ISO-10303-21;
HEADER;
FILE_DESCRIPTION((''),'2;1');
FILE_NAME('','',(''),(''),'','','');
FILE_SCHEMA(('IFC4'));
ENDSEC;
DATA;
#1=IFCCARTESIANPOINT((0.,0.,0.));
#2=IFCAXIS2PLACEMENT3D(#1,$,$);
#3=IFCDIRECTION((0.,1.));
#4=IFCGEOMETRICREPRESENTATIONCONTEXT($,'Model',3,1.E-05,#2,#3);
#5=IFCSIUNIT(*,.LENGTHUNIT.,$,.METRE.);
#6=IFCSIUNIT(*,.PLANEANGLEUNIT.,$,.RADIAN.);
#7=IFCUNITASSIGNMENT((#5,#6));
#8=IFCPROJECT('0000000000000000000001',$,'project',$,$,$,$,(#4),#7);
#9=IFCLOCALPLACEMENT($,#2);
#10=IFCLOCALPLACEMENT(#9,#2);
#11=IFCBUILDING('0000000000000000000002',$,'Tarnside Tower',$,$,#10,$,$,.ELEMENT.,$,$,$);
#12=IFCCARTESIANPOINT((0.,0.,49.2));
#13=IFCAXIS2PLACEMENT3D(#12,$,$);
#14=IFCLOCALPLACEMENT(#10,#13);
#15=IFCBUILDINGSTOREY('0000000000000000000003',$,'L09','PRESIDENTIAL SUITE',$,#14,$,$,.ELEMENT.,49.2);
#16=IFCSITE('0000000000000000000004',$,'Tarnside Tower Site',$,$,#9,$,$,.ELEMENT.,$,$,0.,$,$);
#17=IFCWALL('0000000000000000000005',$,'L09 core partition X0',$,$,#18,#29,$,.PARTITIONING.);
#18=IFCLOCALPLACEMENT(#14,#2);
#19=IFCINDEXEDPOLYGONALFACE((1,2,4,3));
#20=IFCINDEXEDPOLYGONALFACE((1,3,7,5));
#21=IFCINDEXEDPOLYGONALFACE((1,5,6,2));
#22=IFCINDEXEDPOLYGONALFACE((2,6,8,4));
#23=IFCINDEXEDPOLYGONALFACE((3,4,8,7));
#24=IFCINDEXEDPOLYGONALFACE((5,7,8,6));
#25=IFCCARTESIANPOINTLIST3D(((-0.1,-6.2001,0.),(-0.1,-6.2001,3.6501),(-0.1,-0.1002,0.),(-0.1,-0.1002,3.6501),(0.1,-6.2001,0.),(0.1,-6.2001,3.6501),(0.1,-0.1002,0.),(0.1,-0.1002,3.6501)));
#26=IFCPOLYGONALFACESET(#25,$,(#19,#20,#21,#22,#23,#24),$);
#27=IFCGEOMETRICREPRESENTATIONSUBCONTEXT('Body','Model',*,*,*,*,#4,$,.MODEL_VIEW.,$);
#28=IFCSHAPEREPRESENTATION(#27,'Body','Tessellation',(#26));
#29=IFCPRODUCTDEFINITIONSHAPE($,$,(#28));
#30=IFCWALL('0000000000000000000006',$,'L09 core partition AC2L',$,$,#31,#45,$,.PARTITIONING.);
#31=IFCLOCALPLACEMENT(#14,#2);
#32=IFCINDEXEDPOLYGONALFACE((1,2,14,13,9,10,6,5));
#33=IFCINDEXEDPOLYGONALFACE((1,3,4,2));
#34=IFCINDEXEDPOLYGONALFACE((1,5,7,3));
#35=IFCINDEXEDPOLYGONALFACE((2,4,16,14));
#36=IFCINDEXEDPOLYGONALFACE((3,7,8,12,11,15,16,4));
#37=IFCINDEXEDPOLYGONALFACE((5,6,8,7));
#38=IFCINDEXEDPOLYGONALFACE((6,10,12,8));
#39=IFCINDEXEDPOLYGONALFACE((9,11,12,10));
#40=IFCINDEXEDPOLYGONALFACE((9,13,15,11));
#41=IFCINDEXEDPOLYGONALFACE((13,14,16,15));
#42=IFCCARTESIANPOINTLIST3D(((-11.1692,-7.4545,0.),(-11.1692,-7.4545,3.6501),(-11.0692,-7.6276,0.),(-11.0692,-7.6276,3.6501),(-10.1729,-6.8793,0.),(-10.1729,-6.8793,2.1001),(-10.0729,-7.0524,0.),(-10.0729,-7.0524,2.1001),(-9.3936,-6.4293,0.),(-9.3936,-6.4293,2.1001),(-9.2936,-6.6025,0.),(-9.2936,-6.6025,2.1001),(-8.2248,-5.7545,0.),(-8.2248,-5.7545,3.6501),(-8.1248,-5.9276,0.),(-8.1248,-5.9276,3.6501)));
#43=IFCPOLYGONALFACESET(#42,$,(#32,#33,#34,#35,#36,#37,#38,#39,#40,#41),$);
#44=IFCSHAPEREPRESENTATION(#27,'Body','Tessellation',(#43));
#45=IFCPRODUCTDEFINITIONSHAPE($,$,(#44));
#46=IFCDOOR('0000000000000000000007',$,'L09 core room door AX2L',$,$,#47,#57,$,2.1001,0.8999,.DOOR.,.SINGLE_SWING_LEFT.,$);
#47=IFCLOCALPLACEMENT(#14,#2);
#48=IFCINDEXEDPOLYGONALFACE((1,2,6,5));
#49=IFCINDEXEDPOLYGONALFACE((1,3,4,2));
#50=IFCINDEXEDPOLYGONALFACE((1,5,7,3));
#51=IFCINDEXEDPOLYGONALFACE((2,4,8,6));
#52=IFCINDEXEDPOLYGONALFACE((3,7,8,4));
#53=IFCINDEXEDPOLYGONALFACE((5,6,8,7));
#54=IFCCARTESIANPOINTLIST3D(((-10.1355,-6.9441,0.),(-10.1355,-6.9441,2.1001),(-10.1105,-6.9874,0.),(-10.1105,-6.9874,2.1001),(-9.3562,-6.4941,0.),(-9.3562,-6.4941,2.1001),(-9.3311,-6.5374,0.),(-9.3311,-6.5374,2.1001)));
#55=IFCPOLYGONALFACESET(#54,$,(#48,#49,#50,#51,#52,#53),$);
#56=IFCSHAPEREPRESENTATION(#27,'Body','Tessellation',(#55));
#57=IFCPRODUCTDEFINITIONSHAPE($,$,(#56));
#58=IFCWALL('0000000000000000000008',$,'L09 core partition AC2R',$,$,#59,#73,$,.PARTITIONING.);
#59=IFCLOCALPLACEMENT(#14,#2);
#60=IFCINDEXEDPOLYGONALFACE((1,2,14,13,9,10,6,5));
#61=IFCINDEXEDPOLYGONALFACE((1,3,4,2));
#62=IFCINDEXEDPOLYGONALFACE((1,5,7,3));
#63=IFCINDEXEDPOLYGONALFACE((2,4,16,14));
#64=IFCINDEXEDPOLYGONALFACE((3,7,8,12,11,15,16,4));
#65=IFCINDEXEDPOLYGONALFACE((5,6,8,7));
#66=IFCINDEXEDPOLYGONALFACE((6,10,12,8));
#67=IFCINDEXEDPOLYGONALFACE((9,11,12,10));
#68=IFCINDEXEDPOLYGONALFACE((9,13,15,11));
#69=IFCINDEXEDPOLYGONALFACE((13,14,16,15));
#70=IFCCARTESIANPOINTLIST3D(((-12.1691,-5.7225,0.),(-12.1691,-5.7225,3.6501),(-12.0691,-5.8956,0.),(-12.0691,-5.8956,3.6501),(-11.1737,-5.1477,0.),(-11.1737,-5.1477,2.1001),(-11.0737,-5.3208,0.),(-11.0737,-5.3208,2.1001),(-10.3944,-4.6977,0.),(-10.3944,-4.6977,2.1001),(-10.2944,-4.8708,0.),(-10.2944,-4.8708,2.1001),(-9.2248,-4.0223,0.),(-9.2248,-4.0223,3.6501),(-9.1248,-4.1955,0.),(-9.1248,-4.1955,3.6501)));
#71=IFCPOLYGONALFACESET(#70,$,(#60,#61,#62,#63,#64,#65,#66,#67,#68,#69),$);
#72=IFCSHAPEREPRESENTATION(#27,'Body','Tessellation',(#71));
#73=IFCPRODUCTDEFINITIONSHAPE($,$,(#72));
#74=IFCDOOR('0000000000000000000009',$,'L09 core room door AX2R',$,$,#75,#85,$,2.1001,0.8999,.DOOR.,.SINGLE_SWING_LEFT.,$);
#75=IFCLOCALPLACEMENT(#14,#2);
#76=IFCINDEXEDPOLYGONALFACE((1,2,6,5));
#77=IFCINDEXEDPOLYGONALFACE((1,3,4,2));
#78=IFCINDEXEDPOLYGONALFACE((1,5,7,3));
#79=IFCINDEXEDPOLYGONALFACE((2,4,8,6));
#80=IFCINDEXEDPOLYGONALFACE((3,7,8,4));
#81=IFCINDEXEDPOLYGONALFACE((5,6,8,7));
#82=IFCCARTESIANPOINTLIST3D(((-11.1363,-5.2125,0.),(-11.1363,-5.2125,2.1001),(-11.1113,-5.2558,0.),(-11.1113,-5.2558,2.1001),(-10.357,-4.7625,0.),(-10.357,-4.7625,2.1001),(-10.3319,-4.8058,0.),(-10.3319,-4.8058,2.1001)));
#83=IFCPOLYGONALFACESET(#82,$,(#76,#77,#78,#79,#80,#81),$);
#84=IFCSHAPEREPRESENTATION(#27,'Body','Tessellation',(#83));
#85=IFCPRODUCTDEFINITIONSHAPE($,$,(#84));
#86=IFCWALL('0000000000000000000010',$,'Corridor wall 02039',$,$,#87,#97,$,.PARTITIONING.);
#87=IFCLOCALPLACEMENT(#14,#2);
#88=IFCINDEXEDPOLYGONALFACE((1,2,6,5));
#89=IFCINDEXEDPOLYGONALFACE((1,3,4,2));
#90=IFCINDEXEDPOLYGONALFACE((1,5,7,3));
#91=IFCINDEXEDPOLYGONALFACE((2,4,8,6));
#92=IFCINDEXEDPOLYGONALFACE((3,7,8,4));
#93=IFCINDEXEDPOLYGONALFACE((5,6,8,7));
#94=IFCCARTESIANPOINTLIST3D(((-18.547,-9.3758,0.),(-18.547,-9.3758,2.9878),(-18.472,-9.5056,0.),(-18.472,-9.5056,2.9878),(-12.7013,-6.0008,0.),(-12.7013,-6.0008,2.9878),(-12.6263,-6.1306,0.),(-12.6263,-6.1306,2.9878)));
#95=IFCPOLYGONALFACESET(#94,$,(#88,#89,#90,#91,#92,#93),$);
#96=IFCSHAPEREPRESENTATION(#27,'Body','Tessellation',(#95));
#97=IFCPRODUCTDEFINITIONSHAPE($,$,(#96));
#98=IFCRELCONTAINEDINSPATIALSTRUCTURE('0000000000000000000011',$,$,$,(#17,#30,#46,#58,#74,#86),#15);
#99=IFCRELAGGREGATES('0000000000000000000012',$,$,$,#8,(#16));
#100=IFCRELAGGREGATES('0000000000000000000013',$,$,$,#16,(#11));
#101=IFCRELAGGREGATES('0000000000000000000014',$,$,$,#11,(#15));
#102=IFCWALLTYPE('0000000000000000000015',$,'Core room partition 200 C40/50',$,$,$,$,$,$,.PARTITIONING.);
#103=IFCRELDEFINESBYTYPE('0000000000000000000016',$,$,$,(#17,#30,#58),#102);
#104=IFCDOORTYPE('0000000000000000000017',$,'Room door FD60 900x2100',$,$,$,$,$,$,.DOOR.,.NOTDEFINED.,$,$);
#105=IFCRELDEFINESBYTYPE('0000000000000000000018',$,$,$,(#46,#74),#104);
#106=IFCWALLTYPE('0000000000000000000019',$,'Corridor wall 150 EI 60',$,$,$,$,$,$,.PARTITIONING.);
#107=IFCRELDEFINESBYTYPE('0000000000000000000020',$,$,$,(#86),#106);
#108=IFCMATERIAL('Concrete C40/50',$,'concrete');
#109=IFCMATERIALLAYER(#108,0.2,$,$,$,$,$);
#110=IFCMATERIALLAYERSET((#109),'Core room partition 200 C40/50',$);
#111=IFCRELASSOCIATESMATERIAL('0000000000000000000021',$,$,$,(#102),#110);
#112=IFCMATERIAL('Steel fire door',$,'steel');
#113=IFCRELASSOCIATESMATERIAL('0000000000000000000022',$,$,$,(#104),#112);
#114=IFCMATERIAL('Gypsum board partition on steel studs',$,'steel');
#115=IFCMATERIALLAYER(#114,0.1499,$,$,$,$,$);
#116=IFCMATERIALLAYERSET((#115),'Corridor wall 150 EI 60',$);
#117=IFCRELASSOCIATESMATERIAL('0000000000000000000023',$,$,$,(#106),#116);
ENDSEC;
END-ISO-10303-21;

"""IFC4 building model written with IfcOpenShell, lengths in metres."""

from ifc_helpers import new_model, si_unit, direction, frame, frame_2d, origin, place, context, subcontext, project, spatial, rectangle, extrude, material, layer, layer_set, type_object, element, fill, save


model = new_model("IFC4")

# Units and contexts
model_context = context("Model", 3, precision=1e-05, world=origin(), true_north=direction((0.0, 1.0)))
body_context = subcontext(model_context, "Body", "Model", "MODEL_VIEW")
ifc_project = project(units=[si_unit("LENGTHUNIT", "METRE"), si_unit("PLANEANGLEUNIT", "RADIAN")], contexts=[model_context])

# Site, building, storey
site_placement = place(None, origin())
site = spatial("IfcSite", under=ifc_project, at=site_placement, Name="Tarnside Tower Site", CompositionType="ELEMENT", RefElevation=0.0)
building_placement = place(site_placement, origin())
building = spatial("IfcBuilding", under=site, at=building_placement, Name="Tarnside Tower", CompositionType="ELEMENT")
storey_placement = place(building_placement, frame((0.0, 0.0, 49.2)))
storey = spatial("IfcBuildingStorey", under=building, at=storey_placement, Name="L09", Description="PRESIDENTIAL SUITE", CompositionType="ELEMENT", Elevation=49.2)

# Wall
ifc_material_1 = material(Name="Concrete C40/50", Category="concrete")
ifc_layer_1 = layer(ifc_material_1, 0.2)
ifc_layer_set_1 = layer_set([ifc_layer_1], Name="Core room partition 200 C40/50")
wall_type_1 = type_object("IfcWallType", Name="Core room partition 200 C40/50", PredefinedType="PARTITIONING", material=ifc_layer_set_1)
wall_1_placement = place(storey_placement, frame((0.0, -6.2, 0.0), z_axis=(0.0, 0.0, 1.0), x_axis=(0.0, 1.0, 0.0)))
element("IfcWall", 1, at=wall_1_placement, inside=storey, type_object=wall_type_1, Name="L09 core partition X0", PredefinedType="PARTITIONING", context=body_context, shape_type="SweptSolid", body=[
    extrude(rectangle(XDim=6.0999, YDim=0.2, at=frame_2d((3.0498, 0.0))), origin(), (0.0, 0.0, 1.0), 3.6501),
])

# Walls, openings, doors
wall_2_placement = place(storey_placement, frame((-8.1748, -5.8411, 0.0), z_axis=(0.0, 0.0, 1.0), x_axis=(-0.866021, -0.500008, 0.0)))
wall_2 = element("IfcWall", 2, at=wall_2_placement, inside=storey, type_object=wall_type_1, Name="L09 core partition AC2L", PredefinedType="PARTITIONING", context=body_context, shape_type="SweptSolid", body=[
    extrude(rectangle(XDim=3.3999, YDim=0.2, at=frame_2d((1.7, 0.0))), origin(), (0.0, 0.0, 1.0), 3.6501),
])
opening_1_placement = place(wall_2_placement, frame((1.3496, 0.0, 0.0)))
opening_1 = element("IfcOpeningElement", 3, at=opening_1_placement, cuts=wall_2, PredefinedType="OPENING", context=body_context, shape_type="SweptSolid", body=[
    extrude(rectangle(XDim=0.8999, YDim=2.1001, at=frame_2d((0.45, 1.05))), frame((0.0, 0.1099, 0.0), z_axis=(0.0, -1.0, 0.0), x_axis=(1.0, 0.0, 0.0)), (0.0, 0.0, 1.0), 0.22),
])
ifc_material_2 = material(Name="Steel fire door", Category="steel")
door_type_1 = type_object("IfcDoorType", Name="Room door FD60 900x2100", OperationType="NOTDEFINED", PredefinedType="DOOR", material=ifc_material_2)
door_1_placement = place(opening_1_placement, origin())
door_1 = element("IfcDoor", 4, at=door_1_placement, inside=storey, type_object=door_type_1, Name="L09 core room door AX2L", OperationType="SINGLE_SWING_LEFT", OverallHeight=2.1001, OverallWidth=0.8999, PredefinedType="DOOR", context=body_context, shape_type="SweptSolid", body=[
    extrude(rectangle(XDim=0.8999, YDim=2.1001, at=frame_2d((0.45, 1.05))), frame((0.0, 0.0249, 0.0), z_axis=(0.0, -1.0, 0.0), x_axis=(1.0, 0.0, 0.0)), (0.0, 0.0, 1.0), 0.05),
])
fill(opening_1, door_1)
wall_3_placement = place(storey_placement, frame((-9.1748, -4.1089, 0.0), z_axis=(0.0, 0.0, 1.0), x_axis=(-0.865989, -0.500062, 0.0)))
wall_3 = element("IfcWall", 5, at=wall_3_placement, inside=storey, type_object=wall_type_1, Name="L09 core partition AC2R", PredefinedType="PARTITIONING", context=body_context, shape_type="SweptSolid", body=[
    extrude(rectangle(XDim=3.3999, YDim=0.2, at=frame_2d((1.7, 0.0))), origin(), (0.0, 0.0, 1.0), 3.6501),
])
opening_2_placement = place(wall_3_placement, frame((1.3506, 0.0, 0.0)))
opening_2 = element("IfcOpeningElement", 6, at=opening_2_placement, cuts=wall_3, PredefinedType="OPENING", context=body_context, shape_type="SweptSolid", body=[
    extrude(rectangle(XDim=0.8999, YDim=2.1001, at=frame_2d((0.45, 1.05))), frame((0.0, 0.1099, 0.0), z_axis=(0.0, -1.0, 0.0), x_axis=(1.0, 0.0, 0.0)), (0.0, 0.0, 1.0), 0.22),
])
door_2_placement = place(opening_2_placement, origin())
door_2 = element("IfcDoor", 7, at=door_2_placement, inside=storey, type_object=door_type_1, Name="L09 core room door AX2R", OperationType="SINGLE_SWING_LEFT", OverallHeight=2.1001, OverallWidth=0.8999, PredefinedType="DOOR", context=body_context, shape_type="SweptSolid", body=[
    extrude(rectangle(XDim=0.8999, YDim=2.1001, at=frame_2d((0.45, 1.05))), frame((0.0, 0.0249, 0.0), z_axis=(0.0, -1.0, 0.0), x_axis=(1.0, 0.0, 0.0)), (0.0, 0.0, 1.0), 0.05),
])
fill(opening_2, door_2)

# Wall
ifc_material_3 = material(Name="Gypsum board partition on steel studs", Category="steel")
ifc_layer_2 = layer(ifc_material_3, 0.1499)
ifc_layer_set_2 = layer_set([ifc_layer_2], Name="Corridor wall 150 EI 60")
wall_type_2 = type_object("IfcWallType", Name="Corridor wall 150 EI 60", PredefinedType="PARTITIONING", material=ifc_layer_set_2)
wall_4_placement = place(storey_placement, frame((-12.6638, -6.0657, 0.0), z_axis=(0.0, 0.0, 1.0), x_axis=(-0.866027, -0.499998, 0.0)))
element("IfcWall", 8, at=wall_4_placement, inside=storey, type_object=wall_type_2, Name="Corridor wall 02039", PredefinedType="PARTITIONING", context=body_context, shape_type="SweptSolid", body=[
    extrude(rectangle(XDim=6.75, YDim=0.1499, at=frame_2d((3.375, 0.0))), origin(), (0.0, 0.0, 1.0), 2.9878),
])

save(model, "model.ifc")
